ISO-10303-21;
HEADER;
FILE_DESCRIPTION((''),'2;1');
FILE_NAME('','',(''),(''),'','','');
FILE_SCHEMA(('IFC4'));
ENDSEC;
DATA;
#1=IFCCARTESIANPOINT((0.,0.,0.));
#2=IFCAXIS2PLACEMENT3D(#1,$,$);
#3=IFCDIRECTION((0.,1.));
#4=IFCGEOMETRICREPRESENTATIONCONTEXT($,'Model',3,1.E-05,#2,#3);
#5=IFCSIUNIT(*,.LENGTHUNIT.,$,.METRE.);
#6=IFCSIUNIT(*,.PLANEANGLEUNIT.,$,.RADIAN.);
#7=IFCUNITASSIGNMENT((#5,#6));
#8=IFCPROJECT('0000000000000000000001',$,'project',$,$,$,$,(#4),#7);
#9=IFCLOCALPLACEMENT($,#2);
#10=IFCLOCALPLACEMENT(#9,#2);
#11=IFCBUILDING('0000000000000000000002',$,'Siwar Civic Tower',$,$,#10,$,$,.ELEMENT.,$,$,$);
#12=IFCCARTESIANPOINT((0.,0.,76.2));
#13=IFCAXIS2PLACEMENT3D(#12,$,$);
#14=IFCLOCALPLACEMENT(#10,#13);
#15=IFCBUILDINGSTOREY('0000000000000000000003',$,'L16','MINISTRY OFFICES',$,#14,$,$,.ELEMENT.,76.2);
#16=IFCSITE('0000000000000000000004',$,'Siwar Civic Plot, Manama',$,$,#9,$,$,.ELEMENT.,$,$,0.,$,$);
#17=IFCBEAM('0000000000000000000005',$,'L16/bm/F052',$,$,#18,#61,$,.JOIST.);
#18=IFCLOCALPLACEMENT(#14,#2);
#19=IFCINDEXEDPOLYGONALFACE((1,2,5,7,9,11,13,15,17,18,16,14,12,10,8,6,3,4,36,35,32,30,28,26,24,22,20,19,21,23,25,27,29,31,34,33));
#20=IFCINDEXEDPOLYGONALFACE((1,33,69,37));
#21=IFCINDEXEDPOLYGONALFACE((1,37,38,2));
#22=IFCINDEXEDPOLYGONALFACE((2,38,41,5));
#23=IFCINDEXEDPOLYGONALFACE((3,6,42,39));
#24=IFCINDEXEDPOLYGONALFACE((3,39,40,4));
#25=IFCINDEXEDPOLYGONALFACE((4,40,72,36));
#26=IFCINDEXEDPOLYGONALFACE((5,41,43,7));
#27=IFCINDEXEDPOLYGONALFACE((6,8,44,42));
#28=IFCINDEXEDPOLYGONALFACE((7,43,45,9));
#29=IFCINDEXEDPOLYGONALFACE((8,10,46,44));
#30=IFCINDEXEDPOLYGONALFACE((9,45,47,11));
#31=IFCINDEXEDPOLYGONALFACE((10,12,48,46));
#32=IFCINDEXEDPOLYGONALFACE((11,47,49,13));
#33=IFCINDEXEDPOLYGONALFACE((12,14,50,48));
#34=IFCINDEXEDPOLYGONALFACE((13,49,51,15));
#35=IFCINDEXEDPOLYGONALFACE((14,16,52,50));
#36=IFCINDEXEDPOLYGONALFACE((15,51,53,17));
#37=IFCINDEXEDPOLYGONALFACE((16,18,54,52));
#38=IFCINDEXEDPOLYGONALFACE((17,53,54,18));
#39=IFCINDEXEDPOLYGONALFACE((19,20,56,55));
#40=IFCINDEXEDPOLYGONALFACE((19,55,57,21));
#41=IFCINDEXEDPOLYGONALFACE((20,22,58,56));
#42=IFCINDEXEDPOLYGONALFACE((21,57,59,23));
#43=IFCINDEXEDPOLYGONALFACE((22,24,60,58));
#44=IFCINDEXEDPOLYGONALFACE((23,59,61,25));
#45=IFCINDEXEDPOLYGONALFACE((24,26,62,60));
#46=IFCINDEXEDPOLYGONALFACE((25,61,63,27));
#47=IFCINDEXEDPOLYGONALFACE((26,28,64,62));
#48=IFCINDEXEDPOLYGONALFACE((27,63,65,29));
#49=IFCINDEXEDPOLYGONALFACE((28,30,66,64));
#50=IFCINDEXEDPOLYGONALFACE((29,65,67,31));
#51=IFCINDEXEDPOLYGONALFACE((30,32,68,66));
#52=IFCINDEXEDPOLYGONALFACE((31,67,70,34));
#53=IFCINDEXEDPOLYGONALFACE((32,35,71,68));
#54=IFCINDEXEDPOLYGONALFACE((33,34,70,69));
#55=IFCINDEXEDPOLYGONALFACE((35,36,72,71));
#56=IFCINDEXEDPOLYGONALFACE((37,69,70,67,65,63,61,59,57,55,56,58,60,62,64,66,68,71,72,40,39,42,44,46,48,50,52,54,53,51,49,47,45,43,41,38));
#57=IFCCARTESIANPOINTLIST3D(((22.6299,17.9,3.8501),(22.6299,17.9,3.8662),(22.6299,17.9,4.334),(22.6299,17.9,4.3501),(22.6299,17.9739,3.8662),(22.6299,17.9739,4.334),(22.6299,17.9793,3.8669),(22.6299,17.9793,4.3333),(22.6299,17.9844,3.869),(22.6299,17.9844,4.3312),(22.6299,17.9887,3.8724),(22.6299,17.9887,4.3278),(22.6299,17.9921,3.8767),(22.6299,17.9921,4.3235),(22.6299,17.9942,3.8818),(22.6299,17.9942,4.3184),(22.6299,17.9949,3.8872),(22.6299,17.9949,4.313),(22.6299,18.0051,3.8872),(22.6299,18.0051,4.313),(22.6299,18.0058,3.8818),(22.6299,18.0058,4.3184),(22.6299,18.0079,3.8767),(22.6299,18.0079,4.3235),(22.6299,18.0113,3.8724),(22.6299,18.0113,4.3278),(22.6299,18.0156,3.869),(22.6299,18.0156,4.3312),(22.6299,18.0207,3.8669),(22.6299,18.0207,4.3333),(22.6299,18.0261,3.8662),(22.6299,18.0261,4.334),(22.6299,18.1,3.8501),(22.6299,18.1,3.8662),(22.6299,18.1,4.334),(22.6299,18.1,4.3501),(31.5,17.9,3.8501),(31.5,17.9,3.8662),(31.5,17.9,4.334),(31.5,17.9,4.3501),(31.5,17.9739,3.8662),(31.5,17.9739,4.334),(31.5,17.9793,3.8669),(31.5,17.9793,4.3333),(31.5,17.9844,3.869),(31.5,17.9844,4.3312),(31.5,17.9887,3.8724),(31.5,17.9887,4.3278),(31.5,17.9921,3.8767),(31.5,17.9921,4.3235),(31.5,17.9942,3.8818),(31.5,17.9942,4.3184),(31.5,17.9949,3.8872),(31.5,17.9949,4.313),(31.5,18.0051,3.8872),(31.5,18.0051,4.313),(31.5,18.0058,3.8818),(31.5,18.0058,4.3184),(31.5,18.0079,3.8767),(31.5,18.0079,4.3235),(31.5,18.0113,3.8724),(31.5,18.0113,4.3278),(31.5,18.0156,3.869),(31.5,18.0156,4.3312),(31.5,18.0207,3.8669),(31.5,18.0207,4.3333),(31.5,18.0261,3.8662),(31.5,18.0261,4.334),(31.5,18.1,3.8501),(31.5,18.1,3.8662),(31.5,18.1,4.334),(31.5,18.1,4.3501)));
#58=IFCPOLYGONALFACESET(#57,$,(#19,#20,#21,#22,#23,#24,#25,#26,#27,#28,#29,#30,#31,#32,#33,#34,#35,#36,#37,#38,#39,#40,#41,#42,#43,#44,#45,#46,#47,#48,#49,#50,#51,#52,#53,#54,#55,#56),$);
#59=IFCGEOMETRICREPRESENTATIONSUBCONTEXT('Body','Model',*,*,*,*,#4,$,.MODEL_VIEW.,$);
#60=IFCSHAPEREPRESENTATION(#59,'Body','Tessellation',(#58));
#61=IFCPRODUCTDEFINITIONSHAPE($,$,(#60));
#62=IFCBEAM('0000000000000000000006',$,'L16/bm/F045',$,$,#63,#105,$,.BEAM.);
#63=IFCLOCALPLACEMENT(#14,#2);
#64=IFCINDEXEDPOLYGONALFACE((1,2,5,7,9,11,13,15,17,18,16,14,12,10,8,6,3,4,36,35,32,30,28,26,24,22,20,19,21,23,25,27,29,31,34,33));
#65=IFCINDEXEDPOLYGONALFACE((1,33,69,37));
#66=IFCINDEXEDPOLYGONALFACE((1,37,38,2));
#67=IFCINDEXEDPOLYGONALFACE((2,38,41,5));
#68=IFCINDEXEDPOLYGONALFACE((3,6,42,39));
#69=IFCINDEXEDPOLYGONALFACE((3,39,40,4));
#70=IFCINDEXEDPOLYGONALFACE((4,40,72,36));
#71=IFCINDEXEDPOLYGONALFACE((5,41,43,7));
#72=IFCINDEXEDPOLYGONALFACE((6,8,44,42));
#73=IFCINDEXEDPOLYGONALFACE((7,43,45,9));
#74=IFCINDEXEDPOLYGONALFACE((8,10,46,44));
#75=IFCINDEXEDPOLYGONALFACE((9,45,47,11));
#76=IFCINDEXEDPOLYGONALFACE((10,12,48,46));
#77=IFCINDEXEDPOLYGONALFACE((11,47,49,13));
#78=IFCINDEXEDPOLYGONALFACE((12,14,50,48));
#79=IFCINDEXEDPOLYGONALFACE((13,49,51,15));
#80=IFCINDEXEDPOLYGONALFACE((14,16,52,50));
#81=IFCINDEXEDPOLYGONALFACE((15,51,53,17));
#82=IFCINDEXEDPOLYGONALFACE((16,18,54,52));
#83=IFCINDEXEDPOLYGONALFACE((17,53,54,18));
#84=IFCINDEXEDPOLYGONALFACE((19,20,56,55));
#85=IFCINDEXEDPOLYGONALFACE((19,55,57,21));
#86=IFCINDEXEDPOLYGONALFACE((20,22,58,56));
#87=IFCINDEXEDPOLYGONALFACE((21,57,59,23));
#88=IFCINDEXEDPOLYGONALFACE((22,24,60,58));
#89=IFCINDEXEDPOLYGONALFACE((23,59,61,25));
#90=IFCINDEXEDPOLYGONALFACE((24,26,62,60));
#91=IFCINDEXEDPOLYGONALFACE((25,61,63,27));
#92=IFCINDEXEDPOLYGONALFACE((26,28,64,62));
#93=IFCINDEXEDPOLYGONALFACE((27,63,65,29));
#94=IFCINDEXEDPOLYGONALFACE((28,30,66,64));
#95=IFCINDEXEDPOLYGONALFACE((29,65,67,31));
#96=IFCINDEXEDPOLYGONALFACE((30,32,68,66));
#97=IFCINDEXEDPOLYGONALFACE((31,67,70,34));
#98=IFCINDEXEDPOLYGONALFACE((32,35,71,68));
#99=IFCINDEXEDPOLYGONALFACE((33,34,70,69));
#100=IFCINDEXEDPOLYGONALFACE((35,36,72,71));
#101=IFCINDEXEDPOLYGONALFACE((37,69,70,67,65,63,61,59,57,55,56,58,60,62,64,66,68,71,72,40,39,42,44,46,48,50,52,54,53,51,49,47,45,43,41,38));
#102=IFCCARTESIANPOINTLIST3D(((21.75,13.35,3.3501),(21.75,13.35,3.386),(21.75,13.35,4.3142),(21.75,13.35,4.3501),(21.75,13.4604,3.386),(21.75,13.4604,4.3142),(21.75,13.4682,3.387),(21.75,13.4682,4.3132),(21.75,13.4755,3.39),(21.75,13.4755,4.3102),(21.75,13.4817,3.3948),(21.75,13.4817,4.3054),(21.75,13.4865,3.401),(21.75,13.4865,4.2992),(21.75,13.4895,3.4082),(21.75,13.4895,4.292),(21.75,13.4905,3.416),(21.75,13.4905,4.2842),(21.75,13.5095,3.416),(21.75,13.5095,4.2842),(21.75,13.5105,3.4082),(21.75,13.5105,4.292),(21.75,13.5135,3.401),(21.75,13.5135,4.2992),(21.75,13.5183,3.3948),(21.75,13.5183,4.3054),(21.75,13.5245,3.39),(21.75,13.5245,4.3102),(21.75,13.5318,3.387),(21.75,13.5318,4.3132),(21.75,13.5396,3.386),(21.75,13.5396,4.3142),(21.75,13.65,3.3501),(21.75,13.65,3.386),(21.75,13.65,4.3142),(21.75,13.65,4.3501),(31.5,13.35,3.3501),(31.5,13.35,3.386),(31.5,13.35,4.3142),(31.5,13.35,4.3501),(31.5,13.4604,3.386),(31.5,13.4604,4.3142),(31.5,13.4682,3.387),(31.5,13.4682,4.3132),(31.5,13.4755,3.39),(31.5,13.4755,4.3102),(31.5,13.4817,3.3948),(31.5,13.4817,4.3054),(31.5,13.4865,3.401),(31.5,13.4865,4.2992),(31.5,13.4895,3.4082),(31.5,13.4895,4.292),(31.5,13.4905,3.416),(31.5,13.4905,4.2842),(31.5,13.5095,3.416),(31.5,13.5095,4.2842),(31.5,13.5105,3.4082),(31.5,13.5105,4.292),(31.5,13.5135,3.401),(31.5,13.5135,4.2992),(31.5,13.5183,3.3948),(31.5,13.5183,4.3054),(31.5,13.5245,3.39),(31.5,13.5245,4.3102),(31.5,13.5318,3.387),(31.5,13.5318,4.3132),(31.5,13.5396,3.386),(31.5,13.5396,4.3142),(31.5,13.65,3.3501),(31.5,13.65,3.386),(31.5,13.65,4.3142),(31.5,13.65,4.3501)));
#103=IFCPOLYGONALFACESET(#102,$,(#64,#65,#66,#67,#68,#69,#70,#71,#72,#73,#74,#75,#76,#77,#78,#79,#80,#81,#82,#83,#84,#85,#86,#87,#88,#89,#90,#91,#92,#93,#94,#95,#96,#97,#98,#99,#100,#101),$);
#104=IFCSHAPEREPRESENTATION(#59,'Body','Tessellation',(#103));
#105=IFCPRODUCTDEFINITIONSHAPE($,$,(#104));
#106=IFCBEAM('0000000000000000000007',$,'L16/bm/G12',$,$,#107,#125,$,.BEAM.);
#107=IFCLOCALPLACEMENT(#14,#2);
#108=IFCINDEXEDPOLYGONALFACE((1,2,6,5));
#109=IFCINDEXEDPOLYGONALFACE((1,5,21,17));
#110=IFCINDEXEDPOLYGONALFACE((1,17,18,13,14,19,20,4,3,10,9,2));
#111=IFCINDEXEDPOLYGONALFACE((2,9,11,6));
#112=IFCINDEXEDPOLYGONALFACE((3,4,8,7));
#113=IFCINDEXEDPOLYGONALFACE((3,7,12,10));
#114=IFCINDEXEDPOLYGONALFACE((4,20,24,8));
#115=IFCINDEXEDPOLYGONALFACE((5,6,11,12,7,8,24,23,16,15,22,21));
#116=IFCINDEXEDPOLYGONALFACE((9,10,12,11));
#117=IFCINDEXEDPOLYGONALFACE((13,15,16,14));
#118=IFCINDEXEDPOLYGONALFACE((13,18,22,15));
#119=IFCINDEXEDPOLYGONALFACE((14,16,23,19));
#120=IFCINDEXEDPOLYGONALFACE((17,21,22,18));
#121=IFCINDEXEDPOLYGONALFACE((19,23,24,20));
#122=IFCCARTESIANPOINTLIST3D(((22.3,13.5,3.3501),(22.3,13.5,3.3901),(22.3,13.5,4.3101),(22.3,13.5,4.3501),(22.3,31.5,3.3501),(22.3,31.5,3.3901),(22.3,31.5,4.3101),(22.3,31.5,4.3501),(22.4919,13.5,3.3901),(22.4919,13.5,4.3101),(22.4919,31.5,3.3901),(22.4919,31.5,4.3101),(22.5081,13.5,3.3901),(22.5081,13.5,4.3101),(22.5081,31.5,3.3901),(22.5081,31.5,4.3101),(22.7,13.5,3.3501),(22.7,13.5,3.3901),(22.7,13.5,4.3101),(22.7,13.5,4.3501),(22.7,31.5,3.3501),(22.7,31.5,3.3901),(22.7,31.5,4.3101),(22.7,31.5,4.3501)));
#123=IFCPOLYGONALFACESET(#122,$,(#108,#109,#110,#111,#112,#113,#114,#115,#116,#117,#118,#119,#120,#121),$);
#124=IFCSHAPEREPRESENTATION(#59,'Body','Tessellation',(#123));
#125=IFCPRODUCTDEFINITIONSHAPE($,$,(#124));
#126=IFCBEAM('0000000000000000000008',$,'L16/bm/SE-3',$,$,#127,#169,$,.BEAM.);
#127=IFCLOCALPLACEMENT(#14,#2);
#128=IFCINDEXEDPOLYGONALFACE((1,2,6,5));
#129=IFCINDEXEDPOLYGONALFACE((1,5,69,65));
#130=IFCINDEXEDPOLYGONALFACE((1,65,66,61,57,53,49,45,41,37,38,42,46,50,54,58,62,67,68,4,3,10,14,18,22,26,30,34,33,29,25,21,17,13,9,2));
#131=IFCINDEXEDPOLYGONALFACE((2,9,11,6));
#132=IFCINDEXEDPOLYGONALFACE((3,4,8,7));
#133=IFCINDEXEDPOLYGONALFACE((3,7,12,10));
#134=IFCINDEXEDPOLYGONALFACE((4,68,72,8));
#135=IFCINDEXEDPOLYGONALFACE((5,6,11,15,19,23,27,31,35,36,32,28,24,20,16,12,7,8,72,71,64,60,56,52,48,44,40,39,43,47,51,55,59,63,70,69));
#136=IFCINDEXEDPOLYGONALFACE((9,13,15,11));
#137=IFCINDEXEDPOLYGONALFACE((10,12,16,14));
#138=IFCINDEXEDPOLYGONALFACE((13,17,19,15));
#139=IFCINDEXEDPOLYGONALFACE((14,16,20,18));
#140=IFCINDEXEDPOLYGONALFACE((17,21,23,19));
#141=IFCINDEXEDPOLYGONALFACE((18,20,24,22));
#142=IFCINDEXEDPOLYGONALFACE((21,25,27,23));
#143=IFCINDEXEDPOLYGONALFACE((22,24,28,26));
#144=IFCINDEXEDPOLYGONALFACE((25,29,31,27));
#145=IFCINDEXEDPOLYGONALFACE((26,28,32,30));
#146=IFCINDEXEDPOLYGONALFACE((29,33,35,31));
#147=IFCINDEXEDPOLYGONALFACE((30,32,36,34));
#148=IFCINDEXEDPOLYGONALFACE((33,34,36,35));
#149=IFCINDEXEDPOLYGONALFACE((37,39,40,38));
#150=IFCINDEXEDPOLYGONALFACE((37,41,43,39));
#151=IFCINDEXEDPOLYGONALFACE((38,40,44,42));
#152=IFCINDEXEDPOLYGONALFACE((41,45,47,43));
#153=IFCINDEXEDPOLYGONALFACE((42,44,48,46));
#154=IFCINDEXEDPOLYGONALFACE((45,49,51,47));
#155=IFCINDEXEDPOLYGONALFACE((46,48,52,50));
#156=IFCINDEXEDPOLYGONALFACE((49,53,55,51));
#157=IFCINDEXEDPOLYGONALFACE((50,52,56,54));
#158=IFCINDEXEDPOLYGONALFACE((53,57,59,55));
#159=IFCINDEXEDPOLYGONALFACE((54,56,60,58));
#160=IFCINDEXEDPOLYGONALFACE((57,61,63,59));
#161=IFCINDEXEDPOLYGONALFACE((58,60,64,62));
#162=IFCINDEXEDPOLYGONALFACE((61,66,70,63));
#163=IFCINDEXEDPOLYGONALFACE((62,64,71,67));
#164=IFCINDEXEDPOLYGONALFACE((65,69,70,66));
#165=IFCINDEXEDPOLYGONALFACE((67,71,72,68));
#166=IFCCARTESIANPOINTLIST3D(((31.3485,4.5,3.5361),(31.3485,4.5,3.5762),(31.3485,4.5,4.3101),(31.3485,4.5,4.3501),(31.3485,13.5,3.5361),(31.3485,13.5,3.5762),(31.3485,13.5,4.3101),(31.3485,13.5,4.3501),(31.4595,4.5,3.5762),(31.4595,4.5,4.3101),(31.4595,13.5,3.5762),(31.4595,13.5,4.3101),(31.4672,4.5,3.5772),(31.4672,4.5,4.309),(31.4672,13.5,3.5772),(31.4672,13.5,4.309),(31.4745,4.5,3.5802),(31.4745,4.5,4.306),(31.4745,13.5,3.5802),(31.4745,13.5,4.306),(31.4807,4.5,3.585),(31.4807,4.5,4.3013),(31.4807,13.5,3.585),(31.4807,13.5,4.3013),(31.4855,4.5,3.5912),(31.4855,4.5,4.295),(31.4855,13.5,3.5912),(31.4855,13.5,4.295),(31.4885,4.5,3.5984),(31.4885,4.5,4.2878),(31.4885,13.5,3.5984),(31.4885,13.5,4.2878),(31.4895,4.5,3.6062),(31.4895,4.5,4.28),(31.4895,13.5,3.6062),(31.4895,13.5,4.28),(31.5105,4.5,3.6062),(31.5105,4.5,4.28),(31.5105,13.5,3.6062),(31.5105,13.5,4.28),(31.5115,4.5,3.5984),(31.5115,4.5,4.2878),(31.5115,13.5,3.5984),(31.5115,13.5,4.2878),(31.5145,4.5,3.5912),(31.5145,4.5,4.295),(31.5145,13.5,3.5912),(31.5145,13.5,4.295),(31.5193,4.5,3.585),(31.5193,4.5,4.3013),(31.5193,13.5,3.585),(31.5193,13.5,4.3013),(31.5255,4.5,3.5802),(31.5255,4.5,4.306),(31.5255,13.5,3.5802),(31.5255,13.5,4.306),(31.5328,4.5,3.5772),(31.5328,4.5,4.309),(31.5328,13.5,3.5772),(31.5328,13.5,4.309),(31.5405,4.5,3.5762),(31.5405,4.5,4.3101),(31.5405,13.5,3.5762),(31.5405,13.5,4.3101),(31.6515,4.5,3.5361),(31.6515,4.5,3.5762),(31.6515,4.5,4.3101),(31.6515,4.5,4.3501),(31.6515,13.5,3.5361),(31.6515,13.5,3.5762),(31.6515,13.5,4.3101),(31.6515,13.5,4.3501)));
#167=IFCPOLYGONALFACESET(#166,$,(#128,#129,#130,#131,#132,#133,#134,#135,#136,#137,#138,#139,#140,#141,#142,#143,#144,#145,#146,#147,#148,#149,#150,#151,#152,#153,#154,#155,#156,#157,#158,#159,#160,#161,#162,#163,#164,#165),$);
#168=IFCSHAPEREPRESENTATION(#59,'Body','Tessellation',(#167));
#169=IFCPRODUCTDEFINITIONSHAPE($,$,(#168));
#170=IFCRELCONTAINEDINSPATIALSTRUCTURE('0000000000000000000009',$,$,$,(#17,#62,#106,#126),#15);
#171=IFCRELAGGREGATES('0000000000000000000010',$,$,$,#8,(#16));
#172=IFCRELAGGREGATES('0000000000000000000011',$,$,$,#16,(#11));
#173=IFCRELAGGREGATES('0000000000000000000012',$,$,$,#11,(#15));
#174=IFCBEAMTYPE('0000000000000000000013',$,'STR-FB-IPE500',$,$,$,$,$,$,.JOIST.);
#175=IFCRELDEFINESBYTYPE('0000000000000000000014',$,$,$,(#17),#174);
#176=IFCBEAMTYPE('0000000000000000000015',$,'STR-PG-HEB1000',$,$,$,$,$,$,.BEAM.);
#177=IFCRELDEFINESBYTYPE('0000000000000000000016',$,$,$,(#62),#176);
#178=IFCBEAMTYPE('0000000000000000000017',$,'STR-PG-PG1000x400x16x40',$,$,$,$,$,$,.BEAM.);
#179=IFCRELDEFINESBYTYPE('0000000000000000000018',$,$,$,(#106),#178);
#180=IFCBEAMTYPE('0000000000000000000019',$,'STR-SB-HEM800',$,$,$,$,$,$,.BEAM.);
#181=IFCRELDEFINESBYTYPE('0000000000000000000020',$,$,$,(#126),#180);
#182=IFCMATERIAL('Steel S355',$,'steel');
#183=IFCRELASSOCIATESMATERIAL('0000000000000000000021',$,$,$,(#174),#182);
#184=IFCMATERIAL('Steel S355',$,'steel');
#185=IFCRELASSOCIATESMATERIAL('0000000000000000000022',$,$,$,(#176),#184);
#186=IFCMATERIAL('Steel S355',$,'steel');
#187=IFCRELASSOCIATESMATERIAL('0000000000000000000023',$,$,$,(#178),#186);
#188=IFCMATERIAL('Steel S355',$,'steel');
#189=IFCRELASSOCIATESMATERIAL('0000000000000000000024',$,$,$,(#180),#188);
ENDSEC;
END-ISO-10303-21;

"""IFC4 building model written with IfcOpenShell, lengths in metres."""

from ifc_helpers import new_model, si_unit, direction, frame, origin, origin_2d, place, context, subcontext, project, spatial, i_section, extrude, material, material_profile, profile_set, type_object, element, save


model = new_model("IFC4")

# Units and contexts
model_context = context("Model", 3, precision=1e-05, world=origin(), true_north=direction((0.0, 1.0)))
body_context = subcontext(model_context, "Body", "Model", "MODEL_VIEW")
ifc_project = project(units=[si_unit("LENGTHUNIT", "METRE"), si_unit("PLANEANGLEUNIT", "RADIAN")], contexts=[model_context])

# Site, building, storey
site_placement = place(None, origin())
site = spatial("IfcSite", under=ifc_project, at=site_placement, Name="Siwar Civic Plot, Manama", CompositionType="ELEMENT", RefElevation=0.0)
building_placement = place(site_placement, origin())
building = spatial("IfcBuilding", under=site, at=building_placement, Name="Siwar Civic Tower", CompositionType="ELEMENT")
storey_placement = place(building_placement, frame((0.0, 0.0, 76.2)))
storey = spatial("IfcBuildingStorey", under=building, at=storey_placement, Name="L16", Description="MINISTRY OFFICES", CompositionType="ELEMENT", Elevation=76.2)

# Beams
ifc_material_1 = material(Name="Steel S355", Category="steel")
ifc_material_profile_1 = material_profile(ifc_material_1, i_section(OverallWidth=0.2, OverallDepth=0.5, WebThickness=0.0103, FlangeThickness=0.0161, FilletRadius=0.021, at=origin_2d()), Name="IPE500")
ifc_profile_set_1 = profile_set([ifc_material_profile_1], Name="Steel S355")
beam_type_1 = type_object("IfcBeamType", Name="STR-FB-IPE500", PredefinedType="JOIST", material=ifc_profile_set_1)
beam_1_placement = place(storey_placement, frame((22.6299, 18.0, 4.1001), z_axis=(1.0, 0.0, 0.0), x_axis=(0.0, 1.0, 0.0)))
element("IfcBeam", 1, at=beam_1_placement, inside=storey, type_object=beam_type_1, Name="L16/bm/F052", PredefinedType="JOIST", context=body_context, shape_type="SweptSolid", body=[
    extrude(i_section(OverallWidth=0.2, OverallDepth=0.5, WebThickness=0.0103, FlangeThickness=0.0161, FilletRadius=0.021, at=origin_2d()), origin(), (0.0, 0.0, 1.0), 8.8701),
])
ifc_material_2 = material(Name="Steel S355", Category="steel")
ifc_material_profile_2 = material_profile(ifc_material_2, i_section(OverallWidth=0.3, OverallDepth=1.0, WebThickness=0.019, FlangeThickness=0.0359, FilletRadius=0.03, at=origin_2d()), Name="HEB1000")
ifc_profile_set_2 = profile_set([ifc_material_profile_2], Name="Steel S355")
beam_type_2 = type_object("IfcBeamType", Name="STR-PG-HEB1000", PredefinedType="BEAM", material=ifc_profile_set_2)
beam_2_placement = place(storey_placement, frame((21.75, 13.5, 3.8501), z_axis=(1.0, 0.0, 0.0), x_axis=(0.0, 1.0, 0.0)))
element("IfcBeam", 2, at=beam_2_placement, inside=storey, type_object=beam_type_2, Name="L16/bm/F045", PredefinedType="BEAM", context=body_context, shape_type="SweptSolid", body=[
    extrude(i_section(OverallWidth=0.3, OverallDepth=1.0, WebThickness=0.019, FlangeThickness=0.0359, FilletRadius=0.03, at=origin_2d()), origin(), (0.0, 0.0, 1.0), 9.75),
])
ifc_material_3 = material(Name="Steel S355", Category="steel")
ifc_material_profile_3 = material_profile(ifc_material_3, i_section(OverallWidth=0.3999, OverallDepth=1.0, WebThickness=0.0161, FlangeThickness=0.04, at=origin_2d()), Name="PG1000x400x16x40")
ifc_profile_set_3 = profile_set([ifc_material_profile_3], Name="Steel S355")
beam_type_3 = type_object("IfcBeamType", Name="STR-PG-PG1000x400x16x40", PredefinedType="BEAM", material=ifc_profile_set_3)
beam_3_placement = place(storey_placement, frame((22.5, 13.5, 3.8501), z_axis=(0.0, 1.0, 0.0), x_axis=(-1.0, 0.0, 0.0)))
element("IfcBeam", 3, at=beam_3_placement, inside=storey, type_object=beam_type_3, Name="L16/bm/G12", PredefinedType="BEAM", context=body_context, shape_type="SweptSolid", body=[
    extrude(i_section(OverallWidth=0.3999, OverallDepth=1.0, WebThickness=0.0161, FlangeThickness=0.04, at=origin_2d()), origin(), (0.0, 0.0, 1.0), 18.0),
])
ifc_material_4 = material(Name="Steel S355", Category="steel")
ifc_material_profile_4 = material_profile(ifc_material_4, i_section(OverallWidth=0.303, OverallDepth=0.814, WebThickness=0.021, FlangeThickness=0.04, FilletRadius=0.03, at=origin_2d()), Name="HEM800")
ifc_profile_set_4 = profile_set([ifc_material_profile_4], Name="Steel S355")
beam_type_4 = type_object("IfcBeamType", Name="STR-SB-HEM800", PredefinedType="BEAM", material=ifc_profile_set_4)
for number, where, z_axis, x_axis, name in (
    (4, (31.5, 4.5, 3.9431), (0.0, 1.0, 0.0), (-1.0, 0.0, 0.0), "L16/bm/SE-3"),
):
    element("IfcBeam", number, at=place(storey_placement, frame(where, z_axis=z_axis, x_axis=x_axis)), inside=storey, type_object=beam_type_4, Name=name, PredefinedType="BEAM", context=body_context, shape_type="SweptSolid", body=[
        extrude(i_section(OverallWidth=0.303, OverallDepth=0.814, WebThickness=0.021, FlangeThickness=0.04, FilletRadius=0.03, at=origin_2d()), origin(), (0.0, 0.0, 1.0), 9.0),
    ])

save(model, "model.ifc")
